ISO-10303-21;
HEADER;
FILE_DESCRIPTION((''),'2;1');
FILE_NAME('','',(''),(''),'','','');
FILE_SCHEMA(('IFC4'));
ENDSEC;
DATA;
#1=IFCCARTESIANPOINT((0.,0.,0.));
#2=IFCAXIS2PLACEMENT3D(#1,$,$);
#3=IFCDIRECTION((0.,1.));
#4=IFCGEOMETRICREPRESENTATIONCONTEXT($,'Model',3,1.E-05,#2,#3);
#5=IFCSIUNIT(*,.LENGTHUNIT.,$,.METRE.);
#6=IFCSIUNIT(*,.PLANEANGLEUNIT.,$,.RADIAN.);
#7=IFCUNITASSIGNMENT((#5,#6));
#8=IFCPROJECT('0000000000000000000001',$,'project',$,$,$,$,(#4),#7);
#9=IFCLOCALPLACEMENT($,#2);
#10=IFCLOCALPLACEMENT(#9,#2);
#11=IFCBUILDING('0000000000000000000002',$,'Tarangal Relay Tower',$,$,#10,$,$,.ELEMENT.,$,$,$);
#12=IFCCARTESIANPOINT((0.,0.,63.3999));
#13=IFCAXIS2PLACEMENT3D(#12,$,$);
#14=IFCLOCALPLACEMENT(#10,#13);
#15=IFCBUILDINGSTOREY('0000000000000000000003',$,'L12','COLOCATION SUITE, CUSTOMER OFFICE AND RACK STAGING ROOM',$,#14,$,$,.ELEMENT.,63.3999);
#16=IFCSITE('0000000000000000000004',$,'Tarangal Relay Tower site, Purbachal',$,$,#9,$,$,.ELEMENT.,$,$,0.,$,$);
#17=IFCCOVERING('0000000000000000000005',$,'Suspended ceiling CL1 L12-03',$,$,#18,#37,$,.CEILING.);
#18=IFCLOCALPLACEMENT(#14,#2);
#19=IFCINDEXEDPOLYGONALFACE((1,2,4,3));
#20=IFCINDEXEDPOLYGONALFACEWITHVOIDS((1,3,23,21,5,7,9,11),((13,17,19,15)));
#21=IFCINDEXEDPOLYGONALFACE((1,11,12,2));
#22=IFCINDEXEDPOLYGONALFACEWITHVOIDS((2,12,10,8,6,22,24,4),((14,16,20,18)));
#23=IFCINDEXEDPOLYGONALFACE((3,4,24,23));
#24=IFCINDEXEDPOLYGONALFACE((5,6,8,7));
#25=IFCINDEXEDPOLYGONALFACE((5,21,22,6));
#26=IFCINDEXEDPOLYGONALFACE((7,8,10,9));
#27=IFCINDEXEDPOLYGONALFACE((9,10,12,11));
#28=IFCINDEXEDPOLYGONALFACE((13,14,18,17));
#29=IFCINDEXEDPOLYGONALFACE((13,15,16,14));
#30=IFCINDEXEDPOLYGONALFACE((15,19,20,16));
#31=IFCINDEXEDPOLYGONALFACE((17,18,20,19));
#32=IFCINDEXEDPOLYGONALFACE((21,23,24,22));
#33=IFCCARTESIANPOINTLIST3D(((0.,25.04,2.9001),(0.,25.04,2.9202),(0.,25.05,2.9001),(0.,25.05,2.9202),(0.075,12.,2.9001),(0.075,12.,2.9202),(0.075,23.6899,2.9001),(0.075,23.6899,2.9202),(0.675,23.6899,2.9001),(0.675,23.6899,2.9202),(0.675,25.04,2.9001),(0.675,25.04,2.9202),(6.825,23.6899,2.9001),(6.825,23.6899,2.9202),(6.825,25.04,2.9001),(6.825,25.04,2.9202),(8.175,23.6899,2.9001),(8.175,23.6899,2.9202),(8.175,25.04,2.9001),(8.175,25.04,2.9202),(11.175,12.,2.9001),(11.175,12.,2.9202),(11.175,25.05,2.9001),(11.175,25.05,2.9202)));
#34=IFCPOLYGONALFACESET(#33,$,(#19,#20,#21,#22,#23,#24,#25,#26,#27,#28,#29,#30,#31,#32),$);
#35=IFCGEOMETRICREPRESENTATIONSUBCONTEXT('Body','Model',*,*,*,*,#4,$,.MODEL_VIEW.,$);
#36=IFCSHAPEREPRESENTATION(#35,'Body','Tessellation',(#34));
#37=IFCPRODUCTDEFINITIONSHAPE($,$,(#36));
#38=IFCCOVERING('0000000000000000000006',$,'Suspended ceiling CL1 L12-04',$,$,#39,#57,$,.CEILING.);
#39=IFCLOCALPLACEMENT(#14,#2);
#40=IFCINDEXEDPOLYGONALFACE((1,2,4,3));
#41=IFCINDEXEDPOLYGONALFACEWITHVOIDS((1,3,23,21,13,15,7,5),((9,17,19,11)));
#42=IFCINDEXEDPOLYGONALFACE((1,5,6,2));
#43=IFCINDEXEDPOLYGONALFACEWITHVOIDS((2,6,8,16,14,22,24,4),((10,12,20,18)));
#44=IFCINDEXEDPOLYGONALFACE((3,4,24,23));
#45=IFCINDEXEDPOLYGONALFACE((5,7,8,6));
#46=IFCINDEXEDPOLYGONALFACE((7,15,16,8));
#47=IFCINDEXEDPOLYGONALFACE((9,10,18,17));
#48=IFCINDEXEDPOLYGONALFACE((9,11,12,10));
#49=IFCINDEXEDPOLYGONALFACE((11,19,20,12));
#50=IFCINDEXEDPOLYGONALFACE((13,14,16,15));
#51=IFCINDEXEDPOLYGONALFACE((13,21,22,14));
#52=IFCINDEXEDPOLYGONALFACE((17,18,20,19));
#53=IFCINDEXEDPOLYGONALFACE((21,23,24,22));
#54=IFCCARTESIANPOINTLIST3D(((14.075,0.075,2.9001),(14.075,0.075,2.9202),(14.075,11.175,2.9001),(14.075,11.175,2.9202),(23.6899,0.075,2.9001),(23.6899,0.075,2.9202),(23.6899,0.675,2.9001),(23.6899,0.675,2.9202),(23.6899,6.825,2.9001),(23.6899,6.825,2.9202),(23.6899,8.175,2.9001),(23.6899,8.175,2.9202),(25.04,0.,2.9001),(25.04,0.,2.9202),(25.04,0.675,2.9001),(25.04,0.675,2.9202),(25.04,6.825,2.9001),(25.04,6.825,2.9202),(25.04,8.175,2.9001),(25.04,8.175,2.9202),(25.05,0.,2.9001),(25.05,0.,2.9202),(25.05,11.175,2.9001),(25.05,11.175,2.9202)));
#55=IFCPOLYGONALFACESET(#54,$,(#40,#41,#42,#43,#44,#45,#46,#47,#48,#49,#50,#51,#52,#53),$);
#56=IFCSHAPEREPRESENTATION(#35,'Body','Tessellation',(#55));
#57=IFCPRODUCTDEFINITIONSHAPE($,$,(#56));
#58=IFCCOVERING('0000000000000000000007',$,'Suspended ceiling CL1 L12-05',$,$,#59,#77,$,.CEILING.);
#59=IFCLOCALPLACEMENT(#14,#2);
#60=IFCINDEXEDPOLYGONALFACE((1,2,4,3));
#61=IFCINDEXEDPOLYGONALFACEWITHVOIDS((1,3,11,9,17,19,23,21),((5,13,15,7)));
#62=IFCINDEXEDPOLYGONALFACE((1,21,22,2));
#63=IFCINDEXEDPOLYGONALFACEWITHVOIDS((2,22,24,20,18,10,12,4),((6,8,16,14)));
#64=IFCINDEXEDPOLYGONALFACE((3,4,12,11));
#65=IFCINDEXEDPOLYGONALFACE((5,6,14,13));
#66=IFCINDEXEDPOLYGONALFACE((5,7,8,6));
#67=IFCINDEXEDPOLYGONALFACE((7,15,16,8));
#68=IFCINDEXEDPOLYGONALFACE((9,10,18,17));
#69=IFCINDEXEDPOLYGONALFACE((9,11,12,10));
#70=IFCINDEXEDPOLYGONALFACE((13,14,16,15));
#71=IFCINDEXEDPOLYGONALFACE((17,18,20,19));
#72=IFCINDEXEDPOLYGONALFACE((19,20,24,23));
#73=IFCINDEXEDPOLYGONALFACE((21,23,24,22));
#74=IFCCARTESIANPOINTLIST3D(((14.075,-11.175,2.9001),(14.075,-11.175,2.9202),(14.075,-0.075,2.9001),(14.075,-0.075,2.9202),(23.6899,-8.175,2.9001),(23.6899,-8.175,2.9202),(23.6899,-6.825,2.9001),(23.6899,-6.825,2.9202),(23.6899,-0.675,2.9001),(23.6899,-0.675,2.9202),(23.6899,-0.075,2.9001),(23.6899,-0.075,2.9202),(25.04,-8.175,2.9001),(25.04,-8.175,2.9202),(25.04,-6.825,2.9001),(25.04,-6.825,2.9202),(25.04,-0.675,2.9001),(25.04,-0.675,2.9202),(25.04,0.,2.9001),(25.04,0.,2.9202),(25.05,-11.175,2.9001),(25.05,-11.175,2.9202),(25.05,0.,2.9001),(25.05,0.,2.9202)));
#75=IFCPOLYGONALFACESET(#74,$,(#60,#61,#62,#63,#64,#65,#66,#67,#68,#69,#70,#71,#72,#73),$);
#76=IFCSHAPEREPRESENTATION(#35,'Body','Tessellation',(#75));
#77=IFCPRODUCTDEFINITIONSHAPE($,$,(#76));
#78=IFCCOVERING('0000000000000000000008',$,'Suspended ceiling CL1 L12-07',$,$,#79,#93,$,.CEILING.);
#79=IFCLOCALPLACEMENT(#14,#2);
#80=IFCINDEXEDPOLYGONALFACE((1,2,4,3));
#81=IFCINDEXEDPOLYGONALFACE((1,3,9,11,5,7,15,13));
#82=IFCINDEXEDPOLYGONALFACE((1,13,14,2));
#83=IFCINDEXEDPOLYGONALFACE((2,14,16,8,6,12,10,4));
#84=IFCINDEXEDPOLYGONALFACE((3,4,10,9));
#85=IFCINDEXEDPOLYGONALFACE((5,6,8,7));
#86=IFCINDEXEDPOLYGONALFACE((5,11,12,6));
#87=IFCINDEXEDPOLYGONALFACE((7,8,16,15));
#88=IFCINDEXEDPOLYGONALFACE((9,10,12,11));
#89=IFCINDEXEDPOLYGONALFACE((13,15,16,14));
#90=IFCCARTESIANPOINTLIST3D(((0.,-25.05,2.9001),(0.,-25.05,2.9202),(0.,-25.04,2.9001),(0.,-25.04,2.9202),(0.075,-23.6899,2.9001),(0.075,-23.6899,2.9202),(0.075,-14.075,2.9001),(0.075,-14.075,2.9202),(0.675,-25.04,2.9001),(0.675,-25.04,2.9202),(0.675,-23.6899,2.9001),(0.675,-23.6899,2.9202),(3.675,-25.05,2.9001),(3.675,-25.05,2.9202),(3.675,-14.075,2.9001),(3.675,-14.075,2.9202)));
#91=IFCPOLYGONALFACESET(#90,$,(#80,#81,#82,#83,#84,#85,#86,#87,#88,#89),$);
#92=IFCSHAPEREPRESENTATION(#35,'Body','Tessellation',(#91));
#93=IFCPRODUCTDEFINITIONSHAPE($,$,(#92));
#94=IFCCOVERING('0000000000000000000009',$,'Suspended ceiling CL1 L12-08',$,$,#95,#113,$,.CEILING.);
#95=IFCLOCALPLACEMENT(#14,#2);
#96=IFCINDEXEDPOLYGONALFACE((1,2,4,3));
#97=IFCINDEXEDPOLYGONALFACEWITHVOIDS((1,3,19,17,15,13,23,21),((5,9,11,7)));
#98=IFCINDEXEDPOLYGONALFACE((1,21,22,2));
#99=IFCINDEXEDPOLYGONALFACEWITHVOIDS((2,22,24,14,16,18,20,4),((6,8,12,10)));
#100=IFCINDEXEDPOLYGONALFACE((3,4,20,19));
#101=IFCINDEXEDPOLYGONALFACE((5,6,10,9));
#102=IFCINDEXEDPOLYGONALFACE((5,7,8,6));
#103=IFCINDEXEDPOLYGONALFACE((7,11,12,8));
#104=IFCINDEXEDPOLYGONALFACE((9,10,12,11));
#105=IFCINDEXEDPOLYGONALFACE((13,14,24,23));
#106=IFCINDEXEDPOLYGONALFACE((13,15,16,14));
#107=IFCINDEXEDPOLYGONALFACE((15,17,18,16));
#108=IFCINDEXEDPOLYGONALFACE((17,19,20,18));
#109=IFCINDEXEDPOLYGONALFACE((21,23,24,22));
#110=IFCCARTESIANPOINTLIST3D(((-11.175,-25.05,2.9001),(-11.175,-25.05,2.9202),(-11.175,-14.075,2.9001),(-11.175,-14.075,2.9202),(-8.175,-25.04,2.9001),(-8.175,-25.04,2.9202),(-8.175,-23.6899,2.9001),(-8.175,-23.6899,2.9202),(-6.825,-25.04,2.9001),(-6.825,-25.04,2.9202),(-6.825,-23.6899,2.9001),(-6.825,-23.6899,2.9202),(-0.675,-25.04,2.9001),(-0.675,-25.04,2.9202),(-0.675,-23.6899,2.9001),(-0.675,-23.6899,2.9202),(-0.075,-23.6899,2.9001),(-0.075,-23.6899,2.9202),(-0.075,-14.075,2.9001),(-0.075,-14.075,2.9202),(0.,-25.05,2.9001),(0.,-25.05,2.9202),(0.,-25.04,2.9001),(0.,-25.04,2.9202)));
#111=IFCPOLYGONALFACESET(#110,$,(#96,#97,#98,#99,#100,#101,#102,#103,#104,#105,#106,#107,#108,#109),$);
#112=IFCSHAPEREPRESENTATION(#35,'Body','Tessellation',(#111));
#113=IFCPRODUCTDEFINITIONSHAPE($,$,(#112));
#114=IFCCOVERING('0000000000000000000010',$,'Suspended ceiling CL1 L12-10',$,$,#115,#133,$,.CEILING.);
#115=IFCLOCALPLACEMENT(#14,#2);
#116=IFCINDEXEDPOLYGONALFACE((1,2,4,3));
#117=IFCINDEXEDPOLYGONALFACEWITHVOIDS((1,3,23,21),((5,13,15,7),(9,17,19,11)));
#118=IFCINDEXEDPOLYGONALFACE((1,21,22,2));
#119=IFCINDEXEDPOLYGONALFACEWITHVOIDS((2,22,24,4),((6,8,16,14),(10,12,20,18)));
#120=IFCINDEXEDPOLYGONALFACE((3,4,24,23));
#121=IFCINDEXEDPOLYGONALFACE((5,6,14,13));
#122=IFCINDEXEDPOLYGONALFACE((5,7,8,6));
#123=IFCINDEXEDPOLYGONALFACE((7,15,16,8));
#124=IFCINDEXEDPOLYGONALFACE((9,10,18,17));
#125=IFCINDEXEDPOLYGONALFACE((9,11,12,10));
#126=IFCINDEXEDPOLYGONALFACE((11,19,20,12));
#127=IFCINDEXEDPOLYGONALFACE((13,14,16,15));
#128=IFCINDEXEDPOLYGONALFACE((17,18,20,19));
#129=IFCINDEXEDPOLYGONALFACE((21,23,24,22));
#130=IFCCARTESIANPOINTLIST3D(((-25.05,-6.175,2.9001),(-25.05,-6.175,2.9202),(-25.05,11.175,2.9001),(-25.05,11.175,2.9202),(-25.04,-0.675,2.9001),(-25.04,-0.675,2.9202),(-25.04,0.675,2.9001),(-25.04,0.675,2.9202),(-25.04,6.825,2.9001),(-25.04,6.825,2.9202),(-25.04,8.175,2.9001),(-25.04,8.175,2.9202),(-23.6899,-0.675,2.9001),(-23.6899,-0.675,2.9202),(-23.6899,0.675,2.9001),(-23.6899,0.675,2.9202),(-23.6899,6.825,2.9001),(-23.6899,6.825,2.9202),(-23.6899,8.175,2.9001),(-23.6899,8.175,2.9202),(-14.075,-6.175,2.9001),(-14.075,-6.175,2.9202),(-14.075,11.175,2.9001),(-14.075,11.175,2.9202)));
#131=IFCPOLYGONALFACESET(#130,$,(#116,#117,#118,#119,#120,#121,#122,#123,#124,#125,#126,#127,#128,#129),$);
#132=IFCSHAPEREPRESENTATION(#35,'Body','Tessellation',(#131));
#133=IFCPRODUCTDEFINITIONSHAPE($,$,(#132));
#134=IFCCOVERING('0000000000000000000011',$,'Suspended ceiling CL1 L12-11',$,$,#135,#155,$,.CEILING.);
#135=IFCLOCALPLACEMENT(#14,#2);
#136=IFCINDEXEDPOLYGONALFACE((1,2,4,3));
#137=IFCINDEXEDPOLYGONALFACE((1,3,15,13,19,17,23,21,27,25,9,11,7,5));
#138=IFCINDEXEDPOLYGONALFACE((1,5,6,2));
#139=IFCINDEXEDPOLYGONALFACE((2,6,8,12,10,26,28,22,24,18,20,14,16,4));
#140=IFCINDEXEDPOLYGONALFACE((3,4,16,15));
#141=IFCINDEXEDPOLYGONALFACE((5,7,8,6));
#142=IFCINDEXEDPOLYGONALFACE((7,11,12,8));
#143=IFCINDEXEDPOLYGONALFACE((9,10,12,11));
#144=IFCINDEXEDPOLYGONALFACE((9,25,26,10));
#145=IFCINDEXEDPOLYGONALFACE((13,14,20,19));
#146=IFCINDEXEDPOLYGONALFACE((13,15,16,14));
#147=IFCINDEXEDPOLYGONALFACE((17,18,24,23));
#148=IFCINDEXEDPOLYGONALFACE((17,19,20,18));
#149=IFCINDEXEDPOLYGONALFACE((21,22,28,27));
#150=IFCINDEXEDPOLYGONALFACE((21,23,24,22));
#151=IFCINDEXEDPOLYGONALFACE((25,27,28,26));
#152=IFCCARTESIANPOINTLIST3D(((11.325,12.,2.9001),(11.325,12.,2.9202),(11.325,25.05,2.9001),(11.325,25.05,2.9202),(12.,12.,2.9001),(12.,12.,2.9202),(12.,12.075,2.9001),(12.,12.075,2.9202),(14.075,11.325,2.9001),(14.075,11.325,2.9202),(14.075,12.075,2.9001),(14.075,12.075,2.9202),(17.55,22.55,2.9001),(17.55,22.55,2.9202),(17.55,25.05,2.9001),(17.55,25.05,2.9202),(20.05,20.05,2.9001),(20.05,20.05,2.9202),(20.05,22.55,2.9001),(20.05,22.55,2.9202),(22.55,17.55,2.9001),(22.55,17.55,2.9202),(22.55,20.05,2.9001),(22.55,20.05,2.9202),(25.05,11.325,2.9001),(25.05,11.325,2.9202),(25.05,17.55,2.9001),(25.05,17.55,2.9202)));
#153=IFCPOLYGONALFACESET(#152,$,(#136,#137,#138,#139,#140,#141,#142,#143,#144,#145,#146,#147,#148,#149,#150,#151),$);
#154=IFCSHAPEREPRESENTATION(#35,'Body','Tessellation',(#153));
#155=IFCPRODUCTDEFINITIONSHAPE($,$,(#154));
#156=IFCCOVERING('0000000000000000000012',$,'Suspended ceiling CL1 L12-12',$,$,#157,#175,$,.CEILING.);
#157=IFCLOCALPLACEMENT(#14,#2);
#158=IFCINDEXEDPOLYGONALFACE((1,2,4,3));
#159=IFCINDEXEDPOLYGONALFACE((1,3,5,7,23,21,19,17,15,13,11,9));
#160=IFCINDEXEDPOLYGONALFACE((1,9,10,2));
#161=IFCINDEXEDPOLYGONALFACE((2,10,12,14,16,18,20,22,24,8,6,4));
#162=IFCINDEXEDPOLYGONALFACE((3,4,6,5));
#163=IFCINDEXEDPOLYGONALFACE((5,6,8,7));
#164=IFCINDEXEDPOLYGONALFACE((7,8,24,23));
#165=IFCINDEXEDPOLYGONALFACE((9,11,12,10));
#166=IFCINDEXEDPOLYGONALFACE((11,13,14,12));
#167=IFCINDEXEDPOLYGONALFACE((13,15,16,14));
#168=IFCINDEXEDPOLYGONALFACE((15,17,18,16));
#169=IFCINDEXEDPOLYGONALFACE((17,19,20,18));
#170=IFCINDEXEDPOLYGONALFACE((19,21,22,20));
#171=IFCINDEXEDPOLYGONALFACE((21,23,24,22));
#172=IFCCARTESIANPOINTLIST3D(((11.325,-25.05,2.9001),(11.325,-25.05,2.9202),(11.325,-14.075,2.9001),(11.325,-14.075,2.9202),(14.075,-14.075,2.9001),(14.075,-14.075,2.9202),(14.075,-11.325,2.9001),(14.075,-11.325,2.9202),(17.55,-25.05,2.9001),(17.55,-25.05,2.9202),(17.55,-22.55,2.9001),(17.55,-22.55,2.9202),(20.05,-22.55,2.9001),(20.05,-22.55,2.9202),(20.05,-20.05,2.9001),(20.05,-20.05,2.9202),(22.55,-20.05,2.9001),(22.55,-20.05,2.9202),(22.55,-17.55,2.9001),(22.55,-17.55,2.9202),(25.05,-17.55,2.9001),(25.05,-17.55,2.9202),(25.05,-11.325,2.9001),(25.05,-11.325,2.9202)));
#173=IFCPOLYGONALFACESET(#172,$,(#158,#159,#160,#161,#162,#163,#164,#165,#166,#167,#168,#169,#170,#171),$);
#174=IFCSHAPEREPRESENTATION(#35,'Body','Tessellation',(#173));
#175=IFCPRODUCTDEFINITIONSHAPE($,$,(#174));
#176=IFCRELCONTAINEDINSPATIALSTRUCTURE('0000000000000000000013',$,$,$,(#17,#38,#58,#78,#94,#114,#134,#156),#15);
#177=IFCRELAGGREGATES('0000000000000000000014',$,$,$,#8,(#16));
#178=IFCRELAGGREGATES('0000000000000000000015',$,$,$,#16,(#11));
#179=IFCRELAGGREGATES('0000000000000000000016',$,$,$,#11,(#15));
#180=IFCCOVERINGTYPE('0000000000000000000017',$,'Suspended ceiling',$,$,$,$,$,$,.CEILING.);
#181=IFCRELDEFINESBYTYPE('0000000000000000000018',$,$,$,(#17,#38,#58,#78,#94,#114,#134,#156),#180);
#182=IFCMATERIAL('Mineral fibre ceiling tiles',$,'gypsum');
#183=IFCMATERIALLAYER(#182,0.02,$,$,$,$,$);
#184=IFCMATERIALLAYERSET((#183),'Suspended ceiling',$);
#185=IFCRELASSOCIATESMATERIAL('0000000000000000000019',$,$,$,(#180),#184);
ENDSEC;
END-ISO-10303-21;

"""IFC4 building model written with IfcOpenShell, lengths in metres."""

from ifc_helpers import new_model, si_unit, direction, frame, origin, place, context, subcontext, project, spatial, polyline, outline, extrude, material, layer, layer_set, type_object, element, save


model = new_model("IFC4")

# Units and contexts
model_context = context("Model", 3, precision=1e-05, world=origin(), true_north=direction((0.0, 1.0)))
body_context = subcontext(model_context, "Body", "Model", "MODEL_VIEW")
ifc_project = project(units=[si_unit("LENGTHUNIT", "METRE"), si_unit("PLANEANGLEUNIT", "RADIAN")], contexts=[model_context])

# Site, building, storey
site_placement = place(None, origin())
site = spatial("IfcSite", under=ifc_project, at=site_placement, Name="Tarangal Relay Tower site, Purbachal", CompositionType="ELEMENT", RefElevation=0.0)
building_placement = place(site_placement, origin())
building = spatial("IfcBuilding", under=site, at=building_placement, Name="Tarangal Relay Tower", CompositionType="ELEMENT")
storey_placement = place(building_placement, frame((0.0, 0.0, 63.3999)))
storey = spatial("IfcBuildingStorey", under=building, at=storey_placement, Name="L12", Description="COLOCATION SUITE, CUSTOMER OFFICE AND RACK STAGING ROOM", CompositionType="ELEMENT", Elevation=63.3999)

# Coverings
ifc_material_1 = material(Name="Mineral fibre ceiling tiles", Category="gypsum")
ifc_layer_1 = layer(ifc_material_1, 0.02)
ifc_layer_set_1 = layer_set([ifc_layer_1], Name="Suspended ceiling")
covering_type_1 = type_object("IfcCoveringType", Name="Suspended ceiling", PredefinedType="CEILING", material=ifc_layer_set_1)
covering_1_placement = place(storey_placement, frame((0.0, 0.0, 2.9001)))
element("IfcCovering", 1, at=covering_1_placement, inside=storey, type_object=covering_type_1, Name="Suspended ceiling CL1 L12-03", PredefinedType="CEILING", context=body_context, shape_type="SweptSolid", body=[
    extrude(outline(polyline([(0.075, 12.0), (11.175, 12.0), (11.175, 25.05), (0.0, 25.05), (0.0, 25.04), (0.675, 25.04), (0.675, 23.6899), (0.075, 23.6899), (0.075, 12.0)]), holes=[polyline([(8.175, 23.6899), (8.175, 25.04), (6.825, 25.04), (6.825, 23.6899), (8.175, 23.6899)])]), origin(), (0.0, 0.0, 1.0), 0.02),
])
covering_2_placement = place(storey_placement, frame((0.0, 0.0, 2.9001)))
element("IfcCovering", 2, at=covering_2_placement, inside=storey, type_object=covering_type_1, Name="Suspended ceiling CL1 L12-04", PredefinedType="CEILING", context=body_context, shape_type="SweptSolid", body=[
    extrude(outline(polyline([(25.05, 0.0), (25.05, 11.175), (14.075, 11.175), (14.075, 0.075), (23.6899, 0.075), (23.6899, 0.675), (25.04, 0.675), (25.04, 0.0), (25.05, 0.0)]), holes=[polyline([(25.04, 6.825), (25.04, 8.175), (23.6899, 8.175), (23.6899, 6.825), (25.04, 6.825)])]), origin(), (0.0, 0.0, 1.0), 0.02),
])
covering_3_placement = place(storey_placement, frame((0.0, 0.0, 2.9001)))
element("IfcCovering", 3, at=covering_3_placement, inside=storey, type_object=covering_type_1, Name="Suspended ceiling CL1 L12-05", PredefinedType="CEILING", context=body_context, shape_type="SweptSolid", body=[
    extrude(outline(polyline([(25.05, -11.175), (25.05, 0.0), (25.04, 0.0), (25.04, -0.675), (23.6899, -0.675), (23.6899, -0.075), (14.075, -0.075), (14.075, -11.175), (25.05, -11.175)]), holes=[polyline([(25.04, -8.175), (25.04, -6.825), (23.6899, -6.825), (23.6899, -8.175), (25.04, -8.175)])]), origin(), (0.0, 0.0, 1.0), 0.02),
])
covering_4_placement = place(storey_placement, frame((0.0, 0.0, 2.9001)))
element("IfcCovering", 4, at=covering_4_placement, inside=storey, type_object=covering_type_1, Name="Suspended ceiling CL1 L12-07", PredefinedType="CEILING", context=body_context, shape_type="SweptSolid", body=[
    extrude(outline(polyline([(0.0, -25.05), (3.675, -25.05), (3.675, -14.075), (0.075, -14.075), (0.075, -23.6899), (0.675, -23.6899), (0.675, -25.04), (0.0, -25.04), (0.0, -25.05)])), origin(), (0.0, 0.0, 1.0), 0.02),
])
covering_5_placement = place(storey_placement, frame((0.0, 0.0, 2.9001)))
element("IfcCovering", 5, at=covering_5_placement, inside=storey, type_object=covering_type_1, Name="Suspended ceiling CL1 L12-08", PredefinedType="CEILING", context=body_context, shape_type="SweptSolid", body=[
    extrude(outline(polyline([(-11.175, -25.05), (0.0, -25.05), (0.0, -25.04), (-0.675, -25.04), (-0.675, -23.6899), (-0.075, -23.6899), (-0.075, -14.075), (-11.175, -14.075), (-11.175, -25.05)]), holes=[polyline([(-6.825, -25.04), (-6.825, -23.6899), (-8.175, -23.6899), (-8.175, -25.04), (-6.825, -25.04)])]), origin(), (0.0, 0.0, 1.0), 0.02),
])
covering_6_placement = place(storey_placement, frame((0.0, 0.0, 2.9001)))
element("IfcCovering", 6, at=covering_6_placement, inside=storey, type_object=covering_type_1, Name="Suspended ceiling CL1 L12-10", PredefinedType="CEILING", context=body_context, shape_type="SweptSolid", body=[
    extrude(outline(polyline([(-25.05, 11.175), (-25.05, -6.175), (-14.075, -6.175), (-14.075, 11.175), (-25.05, 11.175)]), holes=[polyline([(-23.6899, -0.675), (-23.6899, 0.675), (-25.04, 0.675), (-25.04, -0.675), (-23.6899, -0.675)]), polyline([(-23.6899, 6.825), (-23.6899, 8.175), (-25.04, 8.175), (-25.04, 6.825), (-23.6899, 6.825)])]), origin(), (0.0, 0.0, 1.0), 0.02),
])
covering_7_placement = place(storey_placement, frame((0.0, 0.0, 2.9001)))
element("IfcCovering", 7, at=covering_7_placement, inside=storey, type_object=covering_type_1, Name="Suspended ceiling CL1 L12-11", PredefinedType="CEILING", context=body_context, shape_type="SweptSolid", body=[
    extrude(outline(polyline([(11.325, 25.05), (11.325, 12.0), (12.0, 12.0), (12.0, 12.075), (14.075, 12.075), (14.075, 11.325), (25.05, 11.325), (25.05, 17.55), (22.55, 17.55), (22.55, 20.05), (20.05, 20.05), (20.05, 22.55), (17.55, 22.55), (17.55, 25.05), (11.325, 25.05)])), origin(), (0.0, 0.0, 1.0), 0.02),
])
covering_8_placement = place(storey_placement, frame((0.0, 0.0, 2.9001)))
element("IfcCovering", 8, at=covering_8_placement, inside=storey, type_object=covering_type_1, Name="Suspended ceiling CL1 L12-12", PredefinedType="CEILING", context=body_context, shape_type="SweptSolid", body=[
    extrude(outline(polyline([(25.05, -17.55), (25.05, -11.325), (14.075, -11.325), (14.075, -14.075), (11.325, -14.075), (11.325, -25.05), (17.55, -25.05), (17.55, -22.55), (20.05, -22.55), (20.05, -20.05), (22.55, -20.05), (22.55, -17.55), (25.05, -17.55)])), origin(), (0.0, 0.0, 1.0), 0.02),
])

save(model, "model.ifc")
